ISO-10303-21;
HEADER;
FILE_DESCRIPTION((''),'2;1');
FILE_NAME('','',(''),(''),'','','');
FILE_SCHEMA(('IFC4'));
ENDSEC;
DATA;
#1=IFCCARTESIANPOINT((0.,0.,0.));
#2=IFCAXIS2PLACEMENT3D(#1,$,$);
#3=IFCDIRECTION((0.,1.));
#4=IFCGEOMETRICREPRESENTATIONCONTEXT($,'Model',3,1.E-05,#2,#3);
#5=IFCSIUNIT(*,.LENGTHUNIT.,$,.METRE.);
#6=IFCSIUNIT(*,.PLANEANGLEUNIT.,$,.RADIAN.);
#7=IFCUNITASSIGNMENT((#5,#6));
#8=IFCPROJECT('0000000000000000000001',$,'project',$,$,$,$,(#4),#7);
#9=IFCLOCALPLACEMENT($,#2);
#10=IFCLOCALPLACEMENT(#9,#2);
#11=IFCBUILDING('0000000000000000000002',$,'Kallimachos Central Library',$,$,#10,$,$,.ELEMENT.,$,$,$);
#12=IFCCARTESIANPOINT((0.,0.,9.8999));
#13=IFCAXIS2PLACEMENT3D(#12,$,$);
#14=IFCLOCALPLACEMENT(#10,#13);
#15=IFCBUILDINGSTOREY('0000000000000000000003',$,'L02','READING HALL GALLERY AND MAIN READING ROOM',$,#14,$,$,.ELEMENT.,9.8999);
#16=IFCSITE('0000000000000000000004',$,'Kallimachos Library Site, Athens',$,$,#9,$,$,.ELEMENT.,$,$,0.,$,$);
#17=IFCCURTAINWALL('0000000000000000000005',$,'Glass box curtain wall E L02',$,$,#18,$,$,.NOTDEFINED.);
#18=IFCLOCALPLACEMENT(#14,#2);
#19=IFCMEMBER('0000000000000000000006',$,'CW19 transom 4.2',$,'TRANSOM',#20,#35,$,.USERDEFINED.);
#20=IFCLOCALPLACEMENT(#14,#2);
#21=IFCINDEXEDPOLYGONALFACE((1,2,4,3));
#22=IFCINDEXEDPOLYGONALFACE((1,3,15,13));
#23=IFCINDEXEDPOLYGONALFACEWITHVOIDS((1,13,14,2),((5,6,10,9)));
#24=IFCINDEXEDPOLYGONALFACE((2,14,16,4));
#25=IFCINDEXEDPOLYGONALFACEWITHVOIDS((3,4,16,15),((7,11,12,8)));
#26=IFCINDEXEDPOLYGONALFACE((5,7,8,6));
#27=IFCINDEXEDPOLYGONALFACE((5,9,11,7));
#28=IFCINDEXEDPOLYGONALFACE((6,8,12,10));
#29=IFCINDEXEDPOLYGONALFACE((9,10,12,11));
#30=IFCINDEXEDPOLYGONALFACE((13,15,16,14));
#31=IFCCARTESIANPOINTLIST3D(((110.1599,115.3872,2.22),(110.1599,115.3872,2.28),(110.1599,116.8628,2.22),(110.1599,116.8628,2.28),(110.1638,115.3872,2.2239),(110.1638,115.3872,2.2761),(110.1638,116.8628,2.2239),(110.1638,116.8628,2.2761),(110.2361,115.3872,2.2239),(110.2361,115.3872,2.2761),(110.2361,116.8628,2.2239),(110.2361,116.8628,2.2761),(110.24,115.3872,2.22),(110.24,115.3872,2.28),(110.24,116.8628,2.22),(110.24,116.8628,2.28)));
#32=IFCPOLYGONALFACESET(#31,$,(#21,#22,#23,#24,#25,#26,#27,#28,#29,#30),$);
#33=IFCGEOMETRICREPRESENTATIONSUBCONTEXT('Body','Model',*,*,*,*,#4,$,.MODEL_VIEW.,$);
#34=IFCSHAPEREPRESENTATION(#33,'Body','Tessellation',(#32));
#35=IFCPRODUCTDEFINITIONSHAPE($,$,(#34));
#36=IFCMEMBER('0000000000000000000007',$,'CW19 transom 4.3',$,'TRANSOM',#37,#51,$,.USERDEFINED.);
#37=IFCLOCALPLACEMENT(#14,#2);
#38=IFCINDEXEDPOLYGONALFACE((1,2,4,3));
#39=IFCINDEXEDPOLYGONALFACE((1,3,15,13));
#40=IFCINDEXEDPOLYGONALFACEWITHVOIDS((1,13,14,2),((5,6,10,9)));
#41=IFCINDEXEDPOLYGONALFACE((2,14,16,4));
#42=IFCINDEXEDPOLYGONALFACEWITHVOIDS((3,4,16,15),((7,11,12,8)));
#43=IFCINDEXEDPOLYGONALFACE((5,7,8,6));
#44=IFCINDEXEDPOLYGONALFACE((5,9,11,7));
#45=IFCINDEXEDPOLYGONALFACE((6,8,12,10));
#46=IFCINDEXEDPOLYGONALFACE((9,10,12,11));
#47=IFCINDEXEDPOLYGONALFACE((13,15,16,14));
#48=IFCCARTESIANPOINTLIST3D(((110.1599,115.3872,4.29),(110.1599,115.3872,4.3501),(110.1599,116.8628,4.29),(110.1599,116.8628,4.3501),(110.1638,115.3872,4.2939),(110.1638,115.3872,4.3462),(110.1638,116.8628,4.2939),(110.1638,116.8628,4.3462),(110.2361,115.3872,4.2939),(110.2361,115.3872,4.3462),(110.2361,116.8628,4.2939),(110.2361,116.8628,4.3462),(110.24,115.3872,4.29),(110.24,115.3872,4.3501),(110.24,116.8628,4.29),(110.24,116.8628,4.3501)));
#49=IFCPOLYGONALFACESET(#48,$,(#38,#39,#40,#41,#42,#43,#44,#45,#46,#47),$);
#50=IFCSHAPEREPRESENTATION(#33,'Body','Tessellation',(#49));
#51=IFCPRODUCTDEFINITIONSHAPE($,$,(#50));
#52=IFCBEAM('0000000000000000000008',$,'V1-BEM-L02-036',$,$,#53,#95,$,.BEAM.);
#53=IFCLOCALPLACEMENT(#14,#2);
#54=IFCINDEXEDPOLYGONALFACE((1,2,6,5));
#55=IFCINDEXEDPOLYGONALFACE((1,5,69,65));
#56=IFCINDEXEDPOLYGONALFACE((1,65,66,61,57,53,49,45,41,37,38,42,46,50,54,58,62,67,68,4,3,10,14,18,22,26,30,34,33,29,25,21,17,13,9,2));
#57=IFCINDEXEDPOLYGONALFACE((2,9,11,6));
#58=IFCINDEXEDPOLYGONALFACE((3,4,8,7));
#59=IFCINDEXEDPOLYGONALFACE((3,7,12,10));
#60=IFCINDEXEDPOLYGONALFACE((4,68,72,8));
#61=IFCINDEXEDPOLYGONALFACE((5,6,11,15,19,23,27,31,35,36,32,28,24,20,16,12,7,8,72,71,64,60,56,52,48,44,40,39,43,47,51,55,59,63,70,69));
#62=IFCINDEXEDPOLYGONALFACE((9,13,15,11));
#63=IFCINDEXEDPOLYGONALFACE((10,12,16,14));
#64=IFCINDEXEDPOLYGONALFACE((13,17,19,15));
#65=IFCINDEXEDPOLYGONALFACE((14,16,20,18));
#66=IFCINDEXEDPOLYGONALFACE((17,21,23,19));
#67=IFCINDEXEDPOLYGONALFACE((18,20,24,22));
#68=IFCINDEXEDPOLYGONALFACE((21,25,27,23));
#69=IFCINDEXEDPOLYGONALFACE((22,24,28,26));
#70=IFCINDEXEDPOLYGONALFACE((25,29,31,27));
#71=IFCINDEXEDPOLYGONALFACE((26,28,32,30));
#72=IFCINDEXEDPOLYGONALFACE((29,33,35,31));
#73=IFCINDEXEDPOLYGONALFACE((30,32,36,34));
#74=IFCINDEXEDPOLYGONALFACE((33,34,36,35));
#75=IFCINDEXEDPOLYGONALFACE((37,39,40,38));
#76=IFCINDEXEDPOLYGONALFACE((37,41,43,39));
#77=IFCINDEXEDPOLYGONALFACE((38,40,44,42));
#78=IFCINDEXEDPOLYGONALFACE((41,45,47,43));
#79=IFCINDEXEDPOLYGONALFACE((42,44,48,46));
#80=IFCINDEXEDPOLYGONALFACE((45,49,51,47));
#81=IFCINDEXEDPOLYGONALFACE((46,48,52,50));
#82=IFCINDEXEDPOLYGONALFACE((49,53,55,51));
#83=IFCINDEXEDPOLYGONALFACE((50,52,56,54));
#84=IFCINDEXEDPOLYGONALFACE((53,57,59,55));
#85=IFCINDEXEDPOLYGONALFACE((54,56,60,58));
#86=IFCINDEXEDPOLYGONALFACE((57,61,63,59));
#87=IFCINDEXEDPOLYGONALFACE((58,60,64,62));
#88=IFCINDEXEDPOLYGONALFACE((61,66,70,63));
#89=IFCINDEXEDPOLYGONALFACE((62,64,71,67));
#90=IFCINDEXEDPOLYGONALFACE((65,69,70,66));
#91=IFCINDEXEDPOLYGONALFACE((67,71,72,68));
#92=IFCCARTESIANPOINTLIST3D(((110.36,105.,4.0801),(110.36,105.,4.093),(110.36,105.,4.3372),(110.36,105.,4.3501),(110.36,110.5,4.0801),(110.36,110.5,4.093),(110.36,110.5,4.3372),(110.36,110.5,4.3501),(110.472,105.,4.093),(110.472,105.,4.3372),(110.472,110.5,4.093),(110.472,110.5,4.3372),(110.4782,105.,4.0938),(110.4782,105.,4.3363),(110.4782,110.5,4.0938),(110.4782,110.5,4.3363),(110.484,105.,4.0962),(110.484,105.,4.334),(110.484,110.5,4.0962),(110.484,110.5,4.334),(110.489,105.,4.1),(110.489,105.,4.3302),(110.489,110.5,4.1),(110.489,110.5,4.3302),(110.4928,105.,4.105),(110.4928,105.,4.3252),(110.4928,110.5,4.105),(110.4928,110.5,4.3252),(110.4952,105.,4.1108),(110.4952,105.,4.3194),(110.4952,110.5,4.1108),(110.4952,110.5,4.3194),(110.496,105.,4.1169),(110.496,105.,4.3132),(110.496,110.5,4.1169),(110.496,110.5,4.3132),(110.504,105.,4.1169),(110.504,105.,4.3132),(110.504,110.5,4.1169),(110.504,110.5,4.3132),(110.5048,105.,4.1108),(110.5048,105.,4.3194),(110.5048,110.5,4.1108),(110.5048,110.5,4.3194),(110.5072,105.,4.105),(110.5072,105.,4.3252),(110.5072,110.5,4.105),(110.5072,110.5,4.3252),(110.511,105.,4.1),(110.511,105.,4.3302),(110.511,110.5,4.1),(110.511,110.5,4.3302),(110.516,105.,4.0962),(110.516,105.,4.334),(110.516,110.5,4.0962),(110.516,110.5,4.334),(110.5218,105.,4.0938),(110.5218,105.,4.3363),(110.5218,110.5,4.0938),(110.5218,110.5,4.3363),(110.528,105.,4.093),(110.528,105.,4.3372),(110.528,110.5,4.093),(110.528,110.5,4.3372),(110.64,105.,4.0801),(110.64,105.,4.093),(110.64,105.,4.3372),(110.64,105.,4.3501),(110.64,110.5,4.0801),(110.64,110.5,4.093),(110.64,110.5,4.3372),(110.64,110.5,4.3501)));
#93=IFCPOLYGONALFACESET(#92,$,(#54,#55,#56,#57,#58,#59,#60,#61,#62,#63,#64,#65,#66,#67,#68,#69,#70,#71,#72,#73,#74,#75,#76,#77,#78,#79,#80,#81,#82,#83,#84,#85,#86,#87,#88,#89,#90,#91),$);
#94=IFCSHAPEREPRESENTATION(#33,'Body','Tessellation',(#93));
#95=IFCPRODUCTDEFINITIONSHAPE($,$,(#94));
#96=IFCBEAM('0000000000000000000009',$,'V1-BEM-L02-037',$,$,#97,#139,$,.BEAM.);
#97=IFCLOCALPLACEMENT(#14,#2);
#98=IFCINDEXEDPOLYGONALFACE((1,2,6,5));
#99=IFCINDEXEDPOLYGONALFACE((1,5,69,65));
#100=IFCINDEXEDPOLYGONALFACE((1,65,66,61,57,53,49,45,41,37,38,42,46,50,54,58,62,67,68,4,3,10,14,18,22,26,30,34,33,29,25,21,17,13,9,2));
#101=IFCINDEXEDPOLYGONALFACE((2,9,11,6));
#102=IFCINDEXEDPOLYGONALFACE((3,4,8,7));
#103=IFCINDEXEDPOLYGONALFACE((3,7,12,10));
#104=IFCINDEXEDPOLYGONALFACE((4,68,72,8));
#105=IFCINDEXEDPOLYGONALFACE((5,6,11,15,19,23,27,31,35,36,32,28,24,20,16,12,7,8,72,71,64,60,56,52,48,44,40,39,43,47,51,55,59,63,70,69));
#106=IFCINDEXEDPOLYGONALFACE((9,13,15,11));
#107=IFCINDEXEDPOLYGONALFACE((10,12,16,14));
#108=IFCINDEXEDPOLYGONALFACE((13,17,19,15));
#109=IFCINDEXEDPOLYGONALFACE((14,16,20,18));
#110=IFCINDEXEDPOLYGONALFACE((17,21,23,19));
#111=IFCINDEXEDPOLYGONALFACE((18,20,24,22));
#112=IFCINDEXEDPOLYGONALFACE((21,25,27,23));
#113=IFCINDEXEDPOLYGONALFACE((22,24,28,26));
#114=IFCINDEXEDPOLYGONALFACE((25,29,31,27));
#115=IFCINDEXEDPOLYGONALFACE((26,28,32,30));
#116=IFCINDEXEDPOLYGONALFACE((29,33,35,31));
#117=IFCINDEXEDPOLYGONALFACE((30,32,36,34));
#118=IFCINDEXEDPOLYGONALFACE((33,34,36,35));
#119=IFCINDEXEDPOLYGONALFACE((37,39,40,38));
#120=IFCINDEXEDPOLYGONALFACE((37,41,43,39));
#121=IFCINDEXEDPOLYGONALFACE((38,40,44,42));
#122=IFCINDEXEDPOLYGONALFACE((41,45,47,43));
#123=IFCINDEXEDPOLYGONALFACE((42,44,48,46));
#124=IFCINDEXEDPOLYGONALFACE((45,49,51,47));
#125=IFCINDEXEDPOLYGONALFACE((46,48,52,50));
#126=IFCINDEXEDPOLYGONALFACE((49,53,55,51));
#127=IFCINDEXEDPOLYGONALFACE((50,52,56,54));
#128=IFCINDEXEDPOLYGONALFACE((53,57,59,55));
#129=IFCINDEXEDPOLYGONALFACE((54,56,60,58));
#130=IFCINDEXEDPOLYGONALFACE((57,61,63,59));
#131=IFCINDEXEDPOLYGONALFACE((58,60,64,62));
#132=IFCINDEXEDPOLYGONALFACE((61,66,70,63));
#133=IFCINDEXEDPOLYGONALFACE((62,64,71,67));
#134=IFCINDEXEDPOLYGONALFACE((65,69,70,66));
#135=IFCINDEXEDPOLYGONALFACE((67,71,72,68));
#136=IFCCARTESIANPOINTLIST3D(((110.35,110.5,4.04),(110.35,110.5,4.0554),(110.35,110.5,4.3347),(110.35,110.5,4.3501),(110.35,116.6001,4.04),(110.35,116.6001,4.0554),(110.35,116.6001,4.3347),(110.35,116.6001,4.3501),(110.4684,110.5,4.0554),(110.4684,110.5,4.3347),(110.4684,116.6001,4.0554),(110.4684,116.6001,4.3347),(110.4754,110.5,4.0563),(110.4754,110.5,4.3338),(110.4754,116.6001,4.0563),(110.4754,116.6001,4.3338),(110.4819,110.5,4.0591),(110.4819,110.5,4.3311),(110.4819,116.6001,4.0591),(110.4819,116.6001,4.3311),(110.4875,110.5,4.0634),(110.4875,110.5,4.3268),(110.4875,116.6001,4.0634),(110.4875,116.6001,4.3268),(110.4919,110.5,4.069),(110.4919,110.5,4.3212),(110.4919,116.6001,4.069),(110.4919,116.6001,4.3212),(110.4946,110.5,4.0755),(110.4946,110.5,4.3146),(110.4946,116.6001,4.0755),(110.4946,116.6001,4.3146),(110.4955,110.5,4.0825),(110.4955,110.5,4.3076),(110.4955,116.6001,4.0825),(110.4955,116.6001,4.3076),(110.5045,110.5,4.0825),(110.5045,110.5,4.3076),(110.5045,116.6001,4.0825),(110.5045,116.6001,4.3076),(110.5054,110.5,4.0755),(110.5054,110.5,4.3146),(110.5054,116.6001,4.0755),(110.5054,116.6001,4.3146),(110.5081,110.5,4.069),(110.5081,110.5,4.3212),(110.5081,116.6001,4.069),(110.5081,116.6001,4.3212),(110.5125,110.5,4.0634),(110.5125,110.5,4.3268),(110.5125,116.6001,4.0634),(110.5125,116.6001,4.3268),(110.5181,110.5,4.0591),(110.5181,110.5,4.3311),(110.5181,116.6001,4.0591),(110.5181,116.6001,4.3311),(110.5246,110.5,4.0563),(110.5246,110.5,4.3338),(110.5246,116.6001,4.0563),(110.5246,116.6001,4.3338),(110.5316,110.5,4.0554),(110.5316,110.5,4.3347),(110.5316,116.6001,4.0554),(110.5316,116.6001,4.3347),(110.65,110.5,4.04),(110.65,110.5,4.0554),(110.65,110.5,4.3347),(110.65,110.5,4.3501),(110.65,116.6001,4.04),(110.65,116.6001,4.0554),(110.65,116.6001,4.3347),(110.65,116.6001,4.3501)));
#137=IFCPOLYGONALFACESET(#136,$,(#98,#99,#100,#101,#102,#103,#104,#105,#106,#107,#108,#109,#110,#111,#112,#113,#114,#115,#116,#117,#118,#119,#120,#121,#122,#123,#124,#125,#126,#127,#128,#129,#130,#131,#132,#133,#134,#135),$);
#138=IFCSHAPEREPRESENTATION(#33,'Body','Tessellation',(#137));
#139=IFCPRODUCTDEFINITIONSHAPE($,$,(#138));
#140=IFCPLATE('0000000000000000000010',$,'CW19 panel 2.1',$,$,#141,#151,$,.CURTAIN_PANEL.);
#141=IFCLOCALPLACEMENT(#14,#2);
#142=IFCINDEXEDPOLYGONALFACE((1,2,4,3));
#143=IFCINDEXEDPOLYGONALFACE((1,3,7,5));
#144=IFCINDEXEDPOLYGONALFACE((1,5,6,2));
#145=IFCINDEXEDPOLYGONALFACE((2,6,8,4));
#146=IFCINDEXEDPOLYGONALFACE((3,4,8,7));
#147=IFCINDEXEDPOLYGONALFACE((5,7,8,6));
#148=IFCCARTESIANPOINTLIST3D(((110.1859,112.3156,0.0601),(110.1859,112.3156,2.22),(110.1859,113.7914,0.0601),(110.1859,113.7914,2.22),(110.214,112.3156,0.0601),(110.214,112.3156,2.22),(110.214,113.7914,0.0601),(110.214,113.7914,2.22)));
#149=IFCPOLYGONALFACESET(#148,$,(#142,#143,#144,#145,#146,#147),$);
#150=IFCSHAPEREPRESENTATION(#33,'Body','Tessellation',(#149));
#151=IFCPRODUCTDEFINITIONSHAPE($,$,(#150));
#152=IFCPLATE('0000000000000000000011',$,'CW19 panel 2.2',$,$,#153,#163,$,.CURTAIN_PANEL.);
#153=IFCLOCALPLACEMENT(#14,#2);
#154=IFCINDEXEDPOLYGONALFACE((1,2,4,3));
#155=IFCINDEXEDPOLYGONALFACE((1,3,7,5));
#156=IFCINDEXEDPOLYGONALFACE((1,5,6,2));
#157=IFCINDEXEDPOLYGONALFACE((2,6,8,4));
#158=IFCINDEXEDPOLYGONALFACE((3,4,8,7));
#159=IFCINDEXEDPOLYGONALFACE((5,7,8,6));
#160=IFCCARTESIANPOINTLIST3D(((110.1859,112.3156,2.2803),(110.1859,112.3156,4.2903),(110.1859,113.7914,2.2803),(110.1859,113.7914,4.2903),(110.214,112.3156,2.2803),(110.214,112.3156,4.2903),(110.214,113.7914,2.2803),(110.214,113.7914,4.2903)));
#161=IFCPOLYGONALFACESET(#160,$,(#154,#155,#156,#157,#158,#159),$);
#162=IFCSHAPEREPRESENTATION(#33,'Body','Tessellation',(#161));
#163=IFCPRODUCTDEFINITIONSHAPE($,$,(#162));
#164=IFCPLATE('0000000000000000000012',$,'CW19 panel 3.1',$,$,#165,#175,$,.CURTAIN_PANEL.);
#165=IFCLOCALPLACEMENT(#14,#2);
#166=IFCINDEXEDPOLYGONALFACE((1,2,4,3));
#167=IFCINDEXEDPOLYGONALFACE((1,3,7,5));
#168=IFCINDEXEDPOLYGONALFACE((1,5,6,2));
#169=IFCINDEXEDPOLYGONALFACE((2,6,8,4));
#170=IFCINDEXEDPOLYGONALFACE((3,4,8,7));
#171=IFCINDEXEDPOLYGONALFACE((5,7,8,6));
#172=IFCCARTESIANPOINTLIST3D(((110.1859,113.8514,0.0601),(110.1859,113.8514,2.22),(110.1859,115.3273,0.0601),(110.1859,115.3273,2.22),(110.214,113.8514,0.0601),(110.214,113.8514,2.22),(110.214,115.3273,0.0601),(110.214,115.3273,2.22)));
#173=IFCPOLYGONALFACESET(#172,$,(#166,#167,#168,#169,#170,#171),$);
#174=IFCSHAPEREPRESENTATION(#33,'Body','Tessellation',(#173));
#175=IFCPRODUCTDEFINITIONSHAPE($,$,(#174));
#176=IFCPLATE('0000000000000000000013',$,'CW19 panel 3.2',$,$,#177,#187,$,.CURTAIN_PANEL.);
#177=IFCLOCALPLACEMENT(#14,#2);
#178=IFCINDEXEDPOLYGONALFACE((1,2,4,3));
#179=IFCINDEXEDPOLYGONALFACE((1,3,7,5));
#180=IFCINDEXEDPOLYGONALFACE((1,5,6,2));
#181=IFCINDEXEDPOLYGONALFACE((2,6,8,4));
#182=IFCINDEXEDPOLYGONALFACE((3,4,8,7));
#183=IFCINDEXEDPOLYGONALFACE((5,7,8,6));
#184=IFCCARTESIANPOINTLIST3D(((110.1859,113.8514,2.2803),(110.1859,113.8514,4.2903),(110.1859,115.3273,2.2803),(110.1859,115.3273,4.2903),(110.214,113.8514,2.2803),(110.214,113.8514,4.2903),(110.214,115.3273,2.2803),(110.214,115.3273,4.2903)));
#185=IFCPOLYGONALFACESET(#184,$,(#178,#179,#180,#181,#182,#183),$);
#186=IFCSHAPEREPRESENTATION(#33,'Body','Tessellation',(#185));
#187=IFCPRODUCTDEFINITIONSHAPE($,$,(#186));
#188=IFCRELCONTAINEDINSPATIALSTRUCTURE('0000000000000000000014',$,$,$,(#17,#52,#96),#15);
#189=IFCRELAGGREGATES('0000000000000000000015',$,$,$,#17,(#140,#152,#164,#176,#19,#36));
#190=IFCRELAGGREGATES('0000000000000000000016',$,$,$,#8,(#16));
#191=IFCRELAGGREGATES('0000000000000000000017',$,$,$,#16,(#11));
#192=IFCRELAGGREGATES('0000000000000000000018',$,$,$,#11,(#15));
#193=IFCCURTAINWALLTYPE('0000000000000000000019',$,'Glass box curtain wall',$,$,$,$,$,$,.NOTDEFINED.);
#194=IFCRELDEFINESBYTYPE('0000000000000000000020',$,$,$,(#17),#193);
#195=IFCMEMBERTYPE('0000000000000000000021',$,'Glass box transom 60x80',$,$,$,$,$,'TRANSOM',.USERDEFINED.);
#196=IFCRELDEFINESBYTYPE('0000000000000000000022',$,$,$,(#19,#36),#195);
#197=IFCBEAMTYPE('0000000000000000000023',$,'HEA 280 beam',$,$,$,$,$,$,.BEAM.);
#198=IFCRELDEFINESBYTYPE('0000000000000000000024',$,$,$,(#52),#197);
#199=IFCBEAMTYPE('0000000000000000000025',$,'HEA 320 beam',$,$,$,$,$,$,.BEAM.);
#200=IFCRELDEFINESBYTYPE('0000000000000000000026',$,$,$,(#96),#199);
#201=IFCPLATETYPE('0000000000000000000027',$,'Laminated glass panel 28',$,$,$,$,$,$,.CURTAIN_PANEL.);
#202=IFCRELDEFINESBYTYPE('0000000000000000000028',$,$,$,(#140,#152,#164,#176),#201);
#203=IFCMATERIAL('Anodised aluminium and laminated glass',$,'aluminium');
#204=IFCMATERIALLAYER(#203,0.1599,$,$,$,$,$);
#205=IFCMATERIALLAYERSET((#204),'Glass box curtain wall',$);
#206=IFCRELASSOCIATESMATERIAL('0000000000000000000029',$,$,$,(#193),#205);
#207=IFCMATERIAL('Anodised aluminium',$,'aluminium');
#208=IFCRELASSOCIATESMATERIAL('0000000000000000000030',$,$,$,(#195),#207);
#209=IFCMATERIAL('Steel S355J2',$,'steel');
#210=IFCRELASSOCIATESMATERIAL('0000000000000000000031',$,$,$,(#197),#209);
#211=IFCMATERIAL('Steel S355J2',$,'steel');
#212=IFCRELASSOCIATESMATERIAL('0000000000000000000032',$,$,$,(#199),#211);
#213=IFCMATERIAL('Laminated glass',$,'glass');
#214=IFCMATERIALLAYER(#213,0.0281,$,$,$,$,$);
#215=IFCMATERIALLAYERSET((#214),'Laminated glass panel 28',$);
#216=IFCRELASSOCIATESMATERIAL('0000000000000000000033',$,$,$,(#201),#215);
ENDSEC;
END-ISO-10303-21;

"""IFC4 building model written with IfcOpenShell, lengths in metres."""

from ifc_helpers import new_model, si_unit, direction, frame, origin, origin_2d, place, context, subcontext, project, spatial, rectangle, hollow_rectangle, i_section, extrude, material, layer, layer_set, material_profile, profile_set, type_object, element, aggregate, save


model = new_model("IFC4")

# Units and contexts
model_context = context("Model", 3, precision=1e-05, world=origin(), true_north=direction((0.0, 1.0)))
body_context = subcontext(model_context, "Body", "Model", "MODEL_VIEW")
ifc_project = project(units=[si_unit("LENGTHUNIT", "METRE"), si_unit("PLANEANGLEUNIT", "RADIAN")], contexts=[model_context])

# Site, building, storey
site_placement = place(None, origin())
site = spatial("IfcSite", under=ifc_project, at=site_placement, Name="Kallimachos Library Site, Athens", CompositionType="ELEMENT", RefElevation=0.0)
building_placement = place(site_placement, origin())
building = spatial("IfcBuilding", under=site, at=building_placement, Name="Kallimachos Central Library", CompositionType="ELEMENT")
storey_placement = place(building_placement, frame((0.0, 0.0, 9.8999)))
storey = spatial("IfcBuildingStorey", under=building, at=storey_placement, Name="L02", Description="READING HALL GALLERY AND MAIN READING ROOM", CompositionType="ELEMENT", Elevation=9.8999)

# Curtain wall, members
ifc_material_1 = material(Name="Anodised aluminium and laminated glass", Category="aluminium")
ifc_layer_1 = layer(ifc_material_1, 0.1599)
ifc_layer_set_1 = layer_set([ifc_layer_1], Name="Glass box curtain wall")
curtain_wall_type = type_object("IfcCurtainWallType", Name="Glass box curtain wall", PredefinedType="NOTDEFINED", material=ifc_layer_set_1)
curtain_wall_placement = place(storey_placement, origin())
curtain_wall = element("IfcCurtainWall", 1, at=curtain_wall_placement, inside=storey, type_object=curtain_wall_type, Name="Glass box curtain wall E L02", PredefinedType="NOTDEFINED")
ifc_material_2 = material(Name="Anodised aluminium", Category="aluminium")
ifc_material_profile_1 = material_profile(ifc_material_2, hollow_rectangle(XDim=0.0601, YDim=0.0801, WallThickness=0.0039, at=origin_2d()), Name="ALU TRANSOM 60x80")
ifc_profile_set_1 = profile_set([ifc_material_profile_1], Name="Anodised aluminium")
member_type_1 = type_object("IfcMemberType", Name="Glass box transom 60x80", ElementType="TRANSOM", PredefinedType="USERDEFINED", material=ifc_profile_set_1)
member_1_placement = place(storey_placement, frame((110.2, 115.3872, 2.25), z_axis=(0.0, 1.0, 0.0), x_axis=(0.0, 0.0, 1.0)))
member_1 = element("IfcMember", 2, at=member_1_placement, type_object=member_type_1, Name="CW19 transom 4.2", ObjectType="TRANSOM", PredefinedType="USERDEFINED", context=body_context, shape_type="SweptSolid", body=[
    extrude(hollow_rectangle(XDim=0.0601, YDim=0.0801, WallThickness=0.0039, at=origin_2d()), origin(), (0.0, 0.0, 1.0), 1.4756),
])
member_2_placement = place(storey_placement, frame((110.2, 115.3872, 4.3201), z_axis=(0.0, 1.0, 0.0), x_axis=(0.0, 0.0, 1.0)))
member_2 = element("IfcMember", 3, at=member_2_placement, type_object=member_type_1, Name="CW19 transom 4.3", ObjectType="TRANSOM", PredefinedType="USERDEFINED", context=body_context, shape_type="SweptSolid", body=[
    extrude(hollow_rectangle(XDim=0.0601, YDim=0.0801, WallThickness=0.0039, at=origin_2d()), origin(), (0.0, 0.0, 1.0), 1.4756),
])

# Beams
ifc_material_3 = material(Name="Steel S355J2", Category="steel")
ifc_material_profile_2 = material_profile(ifc_material_3, i_section(OverallWidth=0.28, OverallDepth=0.27, WebThickness=0.0081, FlangeThickness=0.0129, FilletRadius=0.0239, at=origin_2d()), Name="HEA 280")
ifc_profile_set_2 = profile_set([ifc_material_profile_2], Name="Steel S355J2")
beam_type_1 = type_object("IfcBeamType", Name="HEA 280 beam", PredefinedType="BEAM", material=ifc_profile_set_2)
beam_1_placement = place(storey_placement, frame((110.5, 105.0, 4.2151), z_axis=(0.0, 1.0, 0.0), x_axis=(-1.0, 0.0, 0.0)))
element("IfcBeam", 4, at=beam_1_placement, inside=storey, type_object=beam_type_1, Name="V1-BEM-L02-036", PredefinedType="BEAM", context=body_context, shape_type="SweptSolid", body=[
    extrude(i_section(OverallWidth=0.28, OverallDepth=0.27, WebThickness=0.0081, FlangeThickness=0.0129, FilletRadius=0.0239, at=origin_2d()), origin(), (0.0, 0.0, 1.0), 5.5),
])
ifc_material_4 = material(Name="Steel S355J2", Category="steel")
ifc_material_profile_3 = material_profile(ifc_material_4, i_section(OverallWidth=0.3, OverallDepth=0.3101, WebThickness=0.009, FlangeThickness=0.0154, FilletRadius=0.0271, at=origin_2d()), Name="HEA 320")
ifc_profile_set_3 = profile_set([ifc_material_profile_3], Name="Steel S355J2")
beam_type_2 = type_object("IfcBeamType", Name="HEA 320 beam", PredefinedType="BEAM", material=ifc_profile_set_3)
beam_2_placement = place(storey_placement, frame((110.5, 110.5, 4.1951), z_axis=(0.0, 1.0, 0.0), x_axis=(-1.0, 0.0, 0.0)))
element("IfcBeam", 5, at=beam_2_placement, inside=storey, type_object=beam_type_2, Name="V1-BEM-L02-037", PredefinedType="BEAM", context=body_context, shape_type="SweptSolid", body=[
    extrude(i_section(OverallWidth=0.3, OverallDepth=0.3101, WebThickness=0.009, FlangeThickness=0.0154, FilletRadius=0.0271, at=origin_2d()), origin(), (0.0, 0.0, 1.0), 6.1001),
])

# Plates
ifc_material_5 = material(Name="Laminated glass", Category="glass")
ifc_layer_2 = layer(ifc_material_5, 0.0281)
ifc_layer_set_2 = layer_set([ifc_layer_2], Name="Laminated glass panel 28")
plate_type = type_object("IfcPlateType", Name="Laminated glass panel 28", PredefinedType="CURTAIN_PANEL", material=ifc_layer_set_2)
plate_1_placement = place(storey_placement, frame((110.2, 113.0535, 0.0601), z_axis=(0.0, 0.0, 1.0), x_axis=(0.0, 1.0, 0.0)))
plate_1 = element("IfcPlate", 6, at=plate_1_placement, type_object=plate_type, Name="CW19 panel 2.1", PredefinedType="CURTAIN_PANEL", context=body_context, shape_type="SweptSolid", body=[
    extrude(rectangle(XDim=1.4758, YDim=0.0281, at=origin_2d()), origin(), (0.0, 0.0, 1.0), 2.1599),
])
plate_2_placement = place(storey_placement, frame((110.2, 113.0535, 2.2803), z_axis=(0.0, 0.0, 1.0), x_axis=(0.0, 1.0, 0.0)))
plate_2 = element("IfcPlate", 7, at=plate_2_placement, type_object=plate_type, Name="CW19 panel 2.2", PredefinedType="CURTAIN_PANEL", context=body_context, shape_type="SweptSolid", body=[
    extrude(rectangle(XDim=1.4758, YDim=0.0281, at=origin_2d()), origin(), (0.0, 0.0, 1.0), 2.01),
])
plate_3_placement = place(storey_placement, frame((110.2, 114.5894, 0.0601), z_axis=(0.0, 0.0, 1.0), x_axis=(0.0, 1.0, 0.0)))
plate_3 = element("IfcPlate", 8, at=plate_3_placement, type_object=plate_type, Name="CW19 panel 3.1", PredefinedType="CURTAIN_PANEL", context=body_context, shape_type="SweptSolid", body=[
    extrude(rectangle(XDim=1.4758, YDim=0.0281, at=origin_2d()), origin(), (0.0, 0.0, 1.0), 2.1599),
])
plate_4_placement = place(storey_placement, frame((110.2, 114.5894, 2.2803), z_axis=(0.0, 0.0, 1.0), x_axis=(0.0, 1.0, 0.0)))
plate_4 = element("IfcPlate", 9, at=plate_4_placement, type_object=plate_type, Name="CW19 panel 3.2", PredefinedType="CURTAIN_PANEL", context=body_context, shape_type="SweptSolid", body=[
    extrude(rectangle(XDim=1.4758, YDim=0.0281, at=origin_2d()), origin(), (0.0, 0.0, 1.0), 2.01),
])
aggregate(curtain_wall, [plate_1, plate_2, plate_3, plate_4, member_1, member_2])

save(model, "model.ifc")
